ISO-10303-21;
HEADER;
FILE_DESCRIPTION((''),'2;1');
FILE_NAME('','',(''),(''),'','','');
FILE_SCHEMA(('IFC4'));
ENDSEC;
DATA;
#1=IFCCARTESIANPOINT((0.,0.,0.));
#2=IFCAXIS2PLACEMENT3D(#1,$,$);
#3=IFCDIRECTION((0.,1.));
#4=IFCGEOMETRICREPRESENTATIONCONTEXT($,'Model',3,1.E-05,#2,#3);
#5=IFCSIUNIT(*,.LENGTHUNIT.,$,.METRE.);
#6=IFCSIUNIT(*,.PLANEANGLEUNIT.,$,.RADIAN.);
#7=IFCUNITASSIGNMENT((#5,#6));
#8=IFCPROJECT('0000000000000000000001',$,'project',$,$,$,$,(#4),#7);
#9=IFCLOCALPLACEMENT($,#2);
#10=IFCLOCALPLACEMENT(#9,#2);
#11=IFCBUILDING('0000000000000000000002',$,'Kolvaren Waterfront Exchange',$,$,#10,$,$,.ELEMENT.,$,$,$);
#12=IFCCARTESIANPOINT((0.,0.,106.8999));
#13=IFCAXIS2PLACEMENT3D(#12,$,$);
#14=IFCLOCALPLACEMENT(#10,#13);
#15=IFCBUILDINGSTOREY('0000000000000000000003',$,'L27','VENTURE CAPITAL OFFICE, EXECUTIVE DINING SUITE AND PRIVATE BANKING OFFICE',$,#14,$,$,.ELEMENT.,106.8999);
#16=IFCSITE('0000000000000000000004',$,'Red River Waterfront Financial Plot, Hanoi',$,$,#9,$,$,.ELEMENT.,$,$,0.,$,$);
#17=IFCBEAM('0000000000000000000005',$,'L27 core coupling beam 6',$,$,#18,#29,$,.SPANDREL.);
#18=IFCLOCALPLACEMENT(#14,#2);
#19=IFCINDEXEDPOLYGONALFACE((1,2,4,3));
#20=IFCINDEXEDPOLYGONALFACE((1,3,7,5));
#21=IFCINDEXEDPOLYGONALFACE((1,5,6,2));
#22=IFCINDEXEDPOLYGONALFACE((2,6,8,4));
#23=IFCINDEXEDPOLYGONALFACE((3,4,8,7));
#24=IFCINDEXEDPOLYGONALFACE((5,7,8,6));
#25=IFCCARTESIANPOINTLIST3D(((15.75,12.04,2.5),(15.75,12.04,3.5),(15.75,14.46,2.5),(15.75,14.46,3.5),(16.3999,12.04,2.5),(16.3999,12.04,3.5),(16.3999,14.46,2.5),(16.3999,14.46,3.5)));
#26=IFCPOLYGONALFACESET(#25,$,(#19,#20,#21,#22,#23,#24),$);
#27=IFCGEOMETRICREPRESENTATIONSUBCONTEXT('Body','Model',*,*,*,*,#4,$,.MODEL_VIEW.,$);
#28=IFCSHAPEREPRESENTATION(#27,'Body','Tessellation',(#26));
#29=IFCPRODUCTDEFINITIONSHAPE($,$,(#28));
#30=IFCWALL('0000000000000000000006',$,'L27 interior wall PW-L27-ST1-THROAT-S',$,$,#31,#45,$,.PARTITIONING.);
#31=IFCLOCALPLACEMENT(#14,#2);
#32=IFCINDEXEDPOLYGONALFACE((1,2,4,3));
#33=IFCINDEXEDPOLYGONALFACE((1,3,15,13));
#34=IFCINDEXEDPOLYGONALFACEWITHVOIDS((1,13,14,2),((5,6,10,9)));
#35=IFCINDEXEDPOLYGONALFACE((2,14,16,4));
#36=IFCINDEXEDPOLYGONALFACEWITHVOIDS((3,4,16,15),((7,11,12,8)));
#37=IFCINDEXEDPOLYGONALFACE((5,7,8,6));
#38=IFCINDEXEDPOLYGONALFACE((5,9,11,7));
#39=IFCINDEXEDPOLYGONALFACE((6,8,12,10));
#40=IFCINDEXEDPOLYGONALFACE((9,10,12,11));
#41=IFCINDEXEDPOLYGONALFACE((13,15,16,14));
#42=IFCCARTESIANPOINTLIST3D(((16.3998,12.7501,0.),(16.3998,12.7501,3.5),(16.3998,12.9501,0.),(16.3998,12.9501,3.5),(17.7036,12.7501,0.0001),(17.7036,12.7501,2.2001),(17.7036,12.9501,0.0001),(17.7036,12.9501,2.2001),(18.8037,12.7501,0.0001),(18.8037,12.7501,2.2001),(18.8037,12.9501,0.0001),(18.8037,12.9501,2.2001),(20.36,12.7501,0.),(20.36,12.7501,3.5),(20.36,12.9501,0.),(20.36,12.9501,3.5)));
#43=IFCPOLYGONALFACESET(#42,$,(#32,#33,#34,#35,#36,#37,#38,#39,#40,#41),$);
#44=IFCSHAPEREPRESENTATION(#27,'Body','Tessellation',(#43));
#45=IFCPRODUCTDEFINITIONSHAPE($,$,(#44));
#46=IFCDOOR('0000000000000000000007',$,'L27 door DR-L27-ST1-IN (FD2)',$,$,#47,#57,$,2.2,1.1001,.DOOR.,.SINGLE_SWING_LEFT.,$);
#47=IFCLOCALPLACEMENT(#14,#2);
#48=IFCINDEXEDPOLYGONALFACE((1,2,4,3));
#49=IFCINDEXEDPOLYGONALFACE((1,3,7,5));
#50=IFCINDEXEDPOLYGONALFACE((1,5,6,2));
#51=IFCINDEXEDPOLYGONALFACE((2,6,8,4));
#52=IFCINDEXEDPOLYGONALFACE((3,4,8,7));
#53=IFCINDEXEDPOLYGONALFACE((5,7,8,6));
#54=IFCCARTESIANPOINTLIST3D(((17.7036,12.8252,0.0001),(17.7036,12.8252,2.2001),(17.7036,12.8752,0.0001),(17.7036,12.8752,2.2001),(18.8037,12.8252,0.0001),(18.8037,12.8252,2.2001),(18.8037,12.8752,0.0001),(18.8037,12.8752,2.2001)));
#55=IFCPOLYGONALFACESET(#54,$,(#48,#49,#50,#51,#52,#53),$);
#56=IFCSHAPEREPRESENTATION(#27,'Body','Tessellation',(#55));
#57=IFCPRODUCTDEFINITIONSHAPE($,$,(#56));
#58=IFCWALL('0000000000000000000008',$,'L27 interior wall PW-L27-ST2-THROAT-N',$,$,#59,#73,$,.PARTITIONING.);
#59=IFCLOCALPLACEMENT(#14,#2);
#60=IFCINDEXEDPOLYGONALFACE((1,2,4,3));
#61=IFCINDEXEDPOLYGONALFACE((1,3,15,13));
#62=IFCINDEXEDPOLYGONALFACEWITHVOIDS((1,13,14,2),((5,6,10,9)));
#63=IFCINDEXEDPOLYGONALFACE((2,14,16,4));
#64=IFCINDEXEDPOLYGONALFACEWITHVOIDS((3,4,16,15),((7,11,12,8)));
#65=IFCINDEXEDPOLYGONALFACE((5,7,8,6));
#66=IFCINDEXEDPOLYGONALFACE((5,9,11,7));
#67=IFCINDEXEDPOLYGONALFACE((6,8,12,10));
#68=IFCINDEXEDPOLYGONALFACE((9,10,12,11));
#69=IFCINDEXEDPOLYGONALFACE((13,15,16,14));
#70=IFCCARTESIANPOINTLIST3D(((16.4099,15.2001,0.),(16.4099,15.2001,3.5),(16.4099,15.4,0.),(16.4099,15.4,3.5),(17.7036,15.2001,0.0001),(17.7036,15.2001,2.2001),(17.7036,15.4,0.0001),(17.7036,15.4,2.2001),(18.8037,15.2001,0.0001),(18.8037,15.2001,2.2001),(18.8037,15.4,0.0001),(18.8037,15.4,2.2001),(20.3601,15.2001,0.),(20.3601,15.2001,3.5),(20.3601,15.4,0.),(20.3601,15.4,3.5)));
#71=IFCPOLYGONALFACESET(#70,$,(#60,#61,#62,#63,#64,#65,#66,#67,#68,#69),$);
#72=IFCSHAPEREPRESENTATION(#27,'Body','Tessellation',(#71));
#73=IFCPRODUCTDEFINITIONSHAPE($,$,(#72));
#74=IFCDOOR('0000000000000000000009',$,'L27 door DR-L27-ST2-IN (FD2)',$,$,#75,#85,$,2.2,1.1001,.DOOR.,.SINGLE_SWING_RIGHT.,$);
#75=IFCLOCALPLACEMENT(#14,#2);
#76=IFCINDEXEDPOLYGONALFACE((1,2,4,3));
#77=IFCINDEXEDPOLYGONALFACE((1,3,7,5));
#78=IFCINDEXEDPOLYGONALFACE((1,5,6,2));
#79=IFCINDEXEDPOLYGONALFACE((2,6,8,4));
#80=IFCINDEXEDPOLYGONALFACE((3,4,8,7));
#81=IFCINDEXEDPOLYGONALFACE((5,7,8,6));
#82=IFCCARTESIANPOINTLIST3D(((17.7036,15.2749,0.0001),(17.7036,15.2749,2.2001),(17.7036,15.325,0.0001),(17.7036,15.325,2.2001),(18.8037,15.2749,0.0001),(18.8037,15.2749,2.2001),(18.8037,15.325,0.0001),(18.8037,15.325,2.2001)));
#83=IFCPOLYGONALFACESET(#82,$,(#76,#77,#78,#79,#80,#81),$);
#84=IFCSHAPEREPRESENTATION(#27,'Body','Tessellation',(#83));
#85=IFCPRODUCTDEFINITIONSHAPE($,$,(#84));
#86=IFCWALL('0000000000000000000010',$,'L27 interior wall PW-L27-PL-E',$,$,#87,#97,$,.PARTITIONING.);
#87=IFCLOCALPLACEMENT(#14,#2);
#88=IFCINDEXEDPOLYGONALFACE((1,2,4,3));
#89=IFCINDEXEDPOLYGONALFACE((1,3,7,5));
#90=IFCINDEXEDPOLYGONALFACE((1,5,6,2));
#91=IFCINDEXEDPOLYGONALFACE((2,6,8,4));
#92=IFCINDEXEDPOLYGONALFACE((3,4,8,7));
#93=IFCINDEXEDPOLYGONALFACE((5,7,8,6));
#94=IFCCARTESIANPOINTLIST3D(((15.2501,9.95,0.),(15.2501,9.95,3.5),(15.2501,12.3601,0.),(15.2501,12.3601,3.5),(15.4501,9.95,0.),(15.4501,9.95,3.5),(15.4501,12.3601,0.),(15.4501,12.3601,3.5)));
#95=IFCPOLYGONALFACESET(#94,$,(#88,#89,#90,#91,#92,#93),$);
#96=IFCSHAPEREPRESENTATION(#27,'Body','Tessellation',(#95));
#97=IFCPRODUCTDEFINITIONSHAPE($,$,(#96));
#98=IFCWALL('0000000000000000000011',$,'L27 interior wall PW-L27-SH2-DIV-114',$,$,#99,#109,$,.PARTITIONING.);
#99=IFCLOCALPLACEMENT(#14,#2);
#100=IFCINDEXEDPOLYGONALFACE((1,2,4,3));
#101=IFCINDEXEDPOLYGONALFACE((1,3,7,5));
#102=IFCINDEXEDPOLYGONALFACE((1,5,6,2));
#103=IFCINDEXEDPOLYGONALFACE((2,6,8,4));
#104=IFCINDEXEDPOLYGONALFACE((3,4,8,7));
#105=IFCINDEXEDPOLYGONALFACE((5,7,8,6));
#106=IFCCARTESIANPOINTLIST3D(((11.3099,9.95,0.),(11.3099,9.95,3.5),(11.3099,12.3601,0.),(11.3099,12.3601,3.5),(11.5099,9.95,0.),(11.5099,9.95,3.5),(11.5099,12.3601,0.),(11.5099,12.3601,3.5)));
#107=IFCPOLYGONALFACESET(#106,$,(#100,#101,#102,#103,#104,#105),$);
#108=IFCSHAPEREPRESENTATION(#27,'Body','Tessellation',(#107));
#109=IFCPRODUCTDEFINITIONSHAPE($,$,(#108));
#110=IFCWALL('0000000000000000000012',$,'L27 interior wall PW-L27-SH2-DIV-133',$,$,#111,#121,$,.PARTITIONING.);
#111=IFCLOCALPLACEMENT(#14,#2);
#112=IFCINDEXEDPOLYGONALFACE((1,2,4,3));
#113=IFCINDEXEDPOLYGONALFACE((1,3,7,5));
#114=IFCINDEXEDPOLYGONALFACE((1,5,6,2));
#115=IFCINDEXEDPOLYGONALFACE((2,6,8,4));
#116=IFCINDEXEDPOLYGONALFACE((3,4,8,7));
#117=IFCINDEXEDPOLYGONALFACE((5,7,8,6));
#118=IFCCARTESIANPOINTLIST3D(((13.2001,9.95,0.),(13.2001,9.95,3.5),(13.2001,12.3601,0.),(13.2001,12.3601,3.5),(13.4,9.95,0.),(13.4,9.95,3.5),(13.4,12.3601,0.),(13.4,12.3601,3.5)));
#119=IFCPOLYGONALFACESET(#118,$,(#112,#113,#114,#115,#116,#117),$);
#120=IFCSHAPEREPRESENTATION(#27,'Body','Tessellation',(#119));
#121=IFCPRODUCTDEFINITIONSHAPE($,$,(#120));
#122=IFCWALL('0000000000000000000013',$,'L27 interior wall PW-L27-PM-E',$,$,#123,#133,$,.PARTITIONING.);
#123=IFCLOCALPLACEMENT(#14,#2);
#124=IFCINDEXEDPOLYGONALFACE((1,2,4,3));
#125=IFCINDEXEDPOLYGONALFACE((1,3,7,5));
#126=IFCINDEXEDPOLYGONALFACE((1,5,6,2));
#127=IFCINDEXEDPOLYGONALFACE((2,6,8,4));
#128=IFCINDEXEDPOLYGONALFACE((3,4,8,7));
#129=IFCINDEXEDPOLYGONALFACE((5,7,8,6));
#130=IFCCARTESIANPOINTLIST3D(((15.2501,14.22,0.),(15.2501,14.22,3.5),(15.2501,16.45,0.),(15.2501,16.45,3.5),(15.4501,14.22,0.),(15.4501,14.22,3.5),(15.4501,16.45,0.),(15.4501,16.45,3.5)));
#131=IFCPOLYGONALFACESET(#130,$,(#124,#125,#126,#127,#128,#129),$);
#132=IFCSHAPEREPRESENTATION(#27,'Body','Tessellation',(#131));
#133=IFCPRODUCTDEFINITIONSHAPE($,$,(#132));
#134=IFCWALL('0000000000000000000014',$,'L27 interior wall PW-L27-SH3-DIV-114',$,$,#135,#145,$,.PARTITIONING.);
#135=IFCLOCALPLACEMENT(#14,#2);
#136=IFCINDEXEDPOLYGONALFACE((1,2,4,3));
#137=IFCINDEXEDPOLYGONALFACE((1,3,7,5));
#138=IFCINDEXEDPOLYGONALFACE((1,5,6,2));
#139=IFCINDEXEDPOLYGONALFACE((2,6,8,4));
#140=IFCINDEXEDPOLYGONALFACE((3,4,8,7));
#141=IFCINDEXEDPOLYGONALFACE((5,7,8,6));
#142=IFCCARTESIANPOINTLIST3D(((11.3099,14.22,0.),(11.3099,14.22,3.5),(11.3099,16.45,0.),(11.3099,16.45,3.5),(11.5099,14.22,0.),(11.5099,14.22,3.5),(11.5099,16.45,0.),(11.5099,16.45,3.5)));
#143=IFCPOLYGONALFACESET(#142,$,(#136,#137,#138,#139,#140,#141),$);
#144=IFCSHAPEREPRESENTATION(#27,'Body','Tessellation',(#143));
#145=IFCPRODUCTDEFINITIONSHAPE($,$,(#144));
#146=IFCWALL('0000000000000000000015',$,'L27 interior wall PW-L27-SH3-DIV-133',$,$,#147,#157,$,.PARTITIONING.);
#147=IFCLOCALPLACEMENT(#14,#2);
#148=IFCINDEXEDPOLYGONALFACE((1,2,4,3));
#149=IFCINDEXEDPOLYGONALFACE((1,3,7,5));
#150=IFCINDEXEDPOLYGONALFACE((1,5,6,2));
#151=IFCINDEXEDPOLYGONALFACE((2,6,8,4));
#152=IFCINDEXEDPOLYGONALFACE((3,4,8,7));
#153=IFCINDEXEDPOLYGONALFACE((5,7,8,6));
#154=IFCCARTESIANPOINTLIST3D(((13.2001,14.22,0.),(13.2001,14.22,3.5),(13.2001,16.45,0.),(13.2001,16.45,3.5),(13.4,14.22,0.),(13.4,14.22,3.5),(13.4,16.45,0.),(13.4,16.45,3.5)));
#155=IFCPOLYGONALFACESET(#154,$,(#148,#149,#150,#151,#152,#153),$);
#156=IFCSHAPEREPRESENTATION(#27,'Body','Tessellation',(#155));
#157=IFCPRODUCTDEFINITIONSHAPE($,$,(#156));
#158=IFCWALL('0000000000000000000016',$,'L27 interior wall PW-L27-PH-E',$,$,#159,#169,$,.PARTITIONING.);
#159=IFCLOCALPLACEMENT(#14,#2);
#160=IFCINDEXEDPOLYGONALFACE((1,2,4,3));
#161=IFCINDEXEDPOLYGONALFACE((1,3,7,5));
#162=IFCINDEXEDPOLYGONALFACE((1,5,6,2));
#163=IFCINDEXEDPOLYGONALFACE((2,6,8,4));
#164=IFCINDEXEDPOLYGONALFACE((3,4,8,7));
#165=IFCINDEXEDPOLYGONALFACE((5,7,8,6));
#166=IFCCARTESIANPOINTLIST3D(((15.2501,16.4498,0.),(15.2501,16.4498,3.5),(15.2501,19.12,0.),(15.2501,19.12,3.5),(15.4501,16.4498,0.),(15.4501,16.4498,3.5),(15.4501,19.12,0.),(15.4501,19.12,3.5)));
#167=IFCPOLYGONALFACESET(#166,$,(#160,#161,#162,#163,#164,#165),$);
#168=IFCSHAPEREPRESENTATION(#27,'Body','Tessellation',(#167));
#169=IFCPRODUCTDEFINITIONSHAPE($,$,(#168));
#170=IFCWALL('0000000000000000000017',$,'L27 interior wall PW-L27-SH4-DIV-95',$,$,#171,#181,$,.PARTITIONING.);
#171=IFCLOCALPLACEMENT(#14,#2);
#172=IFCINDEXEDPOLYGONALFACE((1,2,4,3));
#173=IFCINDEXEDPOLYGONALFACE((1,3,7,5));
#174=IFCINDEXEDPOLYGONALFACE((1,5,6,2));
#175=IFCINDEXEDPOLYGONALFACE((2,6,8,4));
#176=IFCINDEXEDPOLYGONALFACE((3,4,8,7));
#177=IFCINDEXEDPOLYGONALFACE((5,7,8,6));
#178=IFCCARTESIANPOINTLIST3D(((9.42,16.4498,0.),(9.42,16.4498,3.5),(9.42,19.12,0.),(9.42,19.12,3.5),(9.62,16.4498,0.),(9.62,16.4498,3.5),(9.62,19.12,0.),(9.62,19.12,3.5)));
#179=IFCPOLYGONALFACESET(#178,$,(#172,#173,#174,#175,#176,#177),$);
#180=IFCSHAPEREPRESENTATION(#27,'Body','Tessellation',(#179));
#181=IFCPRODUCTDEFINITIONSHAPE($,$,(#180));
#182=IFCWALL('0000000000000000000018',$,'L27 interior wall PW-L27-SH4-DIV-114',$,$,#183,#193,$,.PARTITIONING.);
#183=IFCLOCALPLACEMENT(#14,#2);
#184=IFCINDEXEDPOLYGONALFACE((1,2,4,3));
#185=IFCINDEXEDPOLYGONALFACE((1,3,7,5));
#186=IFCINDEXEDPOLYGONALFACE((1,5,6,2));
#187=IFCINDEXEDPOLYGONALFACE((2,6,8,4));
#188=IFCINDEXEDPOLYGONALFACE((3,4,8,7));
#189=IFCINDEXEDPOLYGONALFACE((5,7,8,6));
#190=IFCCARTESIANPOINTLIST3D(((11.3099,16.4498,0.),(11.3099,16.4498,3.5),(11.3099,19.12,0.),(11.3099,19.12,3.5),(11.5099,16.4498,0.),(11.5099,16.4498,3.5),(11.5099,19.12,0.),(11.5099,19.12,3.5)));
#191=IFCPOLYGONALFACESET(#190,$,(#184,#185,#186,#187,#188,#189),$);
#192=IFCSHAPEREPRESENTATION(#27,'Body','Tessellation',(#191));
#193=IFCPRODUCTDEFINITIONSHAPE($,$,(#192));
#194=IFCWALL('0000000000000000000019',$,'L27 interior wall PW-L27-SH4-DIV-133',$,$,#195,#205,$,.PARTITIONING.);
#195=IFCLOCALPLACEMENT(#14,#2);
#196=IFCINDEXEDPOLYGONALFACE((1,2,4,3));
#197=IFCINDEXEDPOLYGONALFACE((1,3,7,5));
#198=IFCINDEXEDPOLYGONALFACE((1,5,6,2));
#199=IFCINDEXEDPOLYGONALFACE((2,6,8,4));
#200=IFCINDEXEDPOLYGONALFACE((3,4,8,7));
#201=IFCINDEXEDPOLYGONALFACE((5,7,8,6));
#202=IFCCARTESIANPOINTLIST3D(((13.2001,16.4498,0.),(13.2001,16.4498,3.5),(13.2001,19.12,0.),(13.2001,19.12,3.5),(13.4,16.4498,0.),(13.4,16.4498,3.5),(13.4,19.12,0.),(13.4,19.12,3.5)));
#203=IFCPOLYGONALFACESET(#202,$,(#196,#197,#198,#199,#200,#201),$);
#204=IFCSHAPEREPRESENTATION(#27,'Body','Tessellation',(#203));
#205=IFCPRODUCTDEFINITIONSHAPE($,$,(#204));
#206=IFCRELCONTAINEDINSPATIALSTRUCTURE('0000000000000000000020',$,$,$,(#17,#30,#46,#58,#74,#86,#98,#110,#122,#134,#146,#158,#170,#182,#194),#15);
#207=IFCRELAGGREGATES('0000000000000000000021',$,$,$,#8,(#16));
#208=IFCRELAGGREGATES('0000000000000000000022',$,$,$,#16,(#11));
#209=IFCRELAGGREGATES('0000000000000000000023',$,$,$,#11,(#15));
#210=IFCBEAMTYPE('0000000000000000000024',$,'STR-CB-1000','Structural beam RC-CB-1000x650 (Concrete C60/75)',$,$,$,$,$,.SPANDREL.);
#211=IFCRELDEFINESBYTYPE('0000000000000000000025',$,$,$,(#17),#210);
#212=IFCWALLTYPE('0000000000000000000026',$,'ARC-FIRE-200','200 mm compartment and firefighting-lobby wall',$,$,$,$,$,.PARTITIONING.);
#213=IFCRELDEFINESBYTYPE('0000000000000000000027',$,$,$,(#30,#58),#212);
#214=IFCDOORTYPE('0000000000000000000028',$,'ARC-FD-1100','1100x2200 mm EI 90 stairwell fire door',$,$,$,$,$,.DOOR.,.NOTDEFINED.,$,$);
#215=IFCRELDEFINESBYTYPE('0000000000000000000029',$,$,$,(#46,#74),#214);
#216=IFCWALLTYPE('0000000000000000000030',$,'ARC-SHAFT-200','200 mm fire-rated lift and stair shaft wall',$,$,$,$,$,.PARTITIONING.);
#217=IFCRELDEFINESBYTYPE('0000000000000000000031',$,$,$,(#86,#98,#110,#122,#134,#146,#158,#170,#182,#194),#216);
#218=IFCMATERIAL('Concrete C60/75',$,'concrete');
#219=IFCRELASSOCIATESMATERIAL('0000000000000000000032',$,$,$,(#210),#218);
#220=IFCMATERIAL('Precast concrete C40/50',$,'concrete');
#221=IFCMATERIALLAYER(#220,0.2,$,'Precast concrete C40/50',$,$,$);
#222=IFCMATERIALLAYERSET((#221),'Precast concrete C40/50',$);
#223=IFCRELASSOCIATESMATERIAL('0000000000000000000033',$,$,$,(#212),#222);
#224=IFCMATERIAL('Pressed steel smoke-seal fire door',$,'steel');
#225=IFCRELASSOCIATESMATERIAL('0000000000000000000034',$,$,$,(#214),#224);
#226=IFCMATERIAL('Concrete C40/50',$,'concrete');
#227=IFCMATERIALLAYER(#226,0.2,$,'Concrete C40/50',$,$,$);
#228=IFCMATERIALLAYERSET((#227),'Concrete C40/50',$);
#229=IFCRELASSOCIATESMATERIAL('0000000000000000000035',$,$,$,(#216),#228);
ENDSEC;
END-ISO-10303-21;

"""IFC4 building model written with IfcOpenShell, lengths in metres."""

from ifc_helpers import new_model, si_unit, direction, frame, frame_2d, origin, origin_2d, place, context, subcontext, project, spatial, rectangle, extrude, material, layer, layer_set, material_profile, profile_set, type_object, element, fill, save


model = new_model("IFC4")

# Units and contexts
model_context = context("Model", 3, precision=1e-05, world=origin(), true_north=direction((0.0, 1.0)))
body_context = subcontext(model_context, "Body", "Model", "MODEL_VIEW")
ifc_project = project(units=[si_unit("LENGTHUNIT", "METRE"), si_unit("PLANEANGLEUNIT", "RADIAN")], contexts=[model_context])

# Site, building, storey
site_placement = place(None, origin())
site = spatial("IfcSite", under=ifc_project, at=site_placement, Name="Red River Waterfront Financial Plot, Hanoi", CompositionType="ELEMENT", RefElevation=0.0)
building_placement = place(site_placement, origin())
building = spatial("IfcBuilding", under=site, at=building_placement, Name="Kolvaren Waterfront Exchange", CompositionType="ELEMENT")
storey_placement = place(building_placement, frame((0.0, 0.0, 106.8999)))
storey = spatial("IfcBuildingStorey", under=building, at=storey_placement, Name="L27", Description="VENTURE CAPITAL OFFICE, EXECUTIVE DINING SUITE AND PRIVATE BANKING OFFICE", CompositionType="ELEMENT", Elevation=106.8999)

# Beam
ifc_material_1 = material(Name="Concrete C60/75", Category="concrete")
ifc_material_profile = material_profile(ifc_material_1, rectangle(XDim=0.6499, YDim=1.0, at=origin_2d()), Name="RC-CB-1000x650")
ifc_profile_set = profile_set([ifc_material_profile], Name="Concrete C60/75")
beam_type = type_object("IfcBeamType", Name="STR-CB-1000", Description="Structural beam RC-CB-1000x650 (Concrete C60/75)", PredefinedType="SPANDREL", material=ifc_profile_set)
beam_placement = place(storey_placement, frame((16.075, 12.04, 3.0), z_axis=(0.0, 1.0, 0.0), x_axis=(-1.0, 0.0, 0.0)))
element("IfcBeam", 1, at=beam_placement, inside=storey, type_object=beam_type, Name="L27 core coupling beam 6", PredefinedType="SPANDREL", context=body_context, shape_type="SweptSolid", body=[
    extrude(rectangle(XDim=0.6499, YDim=1.0, at=origin_2d()), origin(), (0.0, 0.0, 1.0), 2.4199),
])

# Walls, openings, doors
ifc_material_2 = material(Name="Precast concrete C40/50", Category="concrete")
ifc_layer_1 = layer(ifc_material_2, 0.2, Name="Precast concrete C40/50")
ifc_layer_set_1 = layer_set([ifc_layer_1], Name="Precast concrete C40/50")
wall_type_1 = type_object("IfcWallType", Name="ARC-FIRE-200", Description="200 mm compartment and firefighting-lobby wall", PredefinedType="PARTITIONING", material=ifc_layer_set_1)
wall_1_placement = place(storey_placement, frame((16.3999, 12.8501, 0.0), z_axis=(0.0, 0.0, 1.0), x_axis=(1.0, 0.0, 0.0)))
wall_1 = element("IfcWall", 2, at=wall_1_placement, inside=storey, type_object=wall_type_1, Name="L27 interior wall PW-L27-ST1-THROAT-S", PredefinedType="PARTITIONING", context=body_context, shape_type="SweptSolid", body=[
    extrude(rectangle(XDim=3.9602, YDim=0.2, at=frame_2d((1.98, 0.0))), origin(), (0.0, 0.0, 1.0), 3.5),
])
opening_1_placement = place(wall_1_placement, frame((1.3037, 0.0, 0.0)))
opening_1 = element("IfcOpeningElement", 3, at=opening_1_placement, cuts=wall_1, PredefinedType="OPENING", context=body_context, shape_type="SweptSolid", body=[
    extrude(rectangle(XDim=1.1001, YDim=2.2, at=frame_2d((0.55, 1.1001))), frame((0.0, 0.1099, 0.0), z_axis=(0.0, -1.0, 0.0), x_axis=(1.0, 0.0, 0.0)), (0.0, 0.0, 1.0), 0.22),
])
ifc_material_3 = material(Name="Pressed steel smoke-seal fire door", Category="steel")
door_type = type_object("IfcDoorType", Name="ARC-FD-1100", Description="1100x2200 mm EI 90 stairwell fire door", OperationType="NOTDEFINED", PredefinedType="DOOR", material=ifc_material_3)
door_1_placement = place(opening_1_placement, frame((1.1001, 0.0, 0.0), z_axis=(0.0, 0.0, 1.0), x_axis=(-1.0, 0.0, 0.0)))
door_1 = element("IfcDoor", 4, at=door_1_placement, inside=storey, type_object=door_type, Name="L27 door DR-L27-ST1-IN (FD2)", OperationType="SINGLE_SWING_LEFT", OverallHeight=2.2, OverallWidth=1.1001, PredefinedType="DOOR", context=body_context, shape_type="SweptSolid", body=[
    extrude(rectangle(XDim=1.1001, YDim=2.2, at=frame_2d((0.55, 1.1001))), frame((0.0, 0.0249, 0.0), z_axis=(0.0, -1.0, 0.0), x_axis=(1.0, 0.0, 0.0)), (0.0, 0.0, 1.0), 0.05),
])
fill(opening_1, door_1)
wall_2_placement = place(storey_placement, frame((16.4099, 15.3, 0.0), z_axis=(0.0, 0.0, 1.0), x_axis=(1.0, 0.0, 0.0)))
wall_2 = element("IfcWall", 5, at=wall_2_placement, inside=storey, type_object=wall_type_1, Name="L27 interior wall PW-L27-ST2-THROAT-N", PredefinedType="PARTITIONING", context=body_context, shape_type="SweptSolid", body=[
    extrude(rectangle(XDim=3.9502, YDim=0.2, at=frame_2d((1.9751, 0.0))), origin(), (0.0, 0.0, 1.0), 3.5),
])
opening_2_placement = place(wall_2_placement, frame((1.2937, 0.0, 0.0)))
opening_2 = element("IfcOpeningElement", 6, at=opening_2_placement, cuts=wall_2, PredefinedType="OPENING", context=body_context, shape_type="SweptSolid", body=[
    extrude(rectangle(XDim=1.1001, YDim=2.2, at=frame_2d((0.55, 1.1001))), frame((0.0, 0.1099, 0.0), z_axis=(0.0, -1.0, 0.0), x_axis=(1.0, 0.0, 0.0)), (0.0, 0.0, 1.0), 0.22),
])
door_2_placement = place(opening_2_placement, origin())
door_2 = element("IfcDoor", 7, at=door_2_placement, inside=storey, type_object=door_type, Name="L27 door DR-L27-ST2-IN (FD2)", OperationType="SINGLE_SWING_RIGHT", OverallHeight=2.2, OverallWidth=1.1001, PredefinedType="DOOR", context=body_context, shape_type="SweptSolid", body=[
    extrude(rectangle(XDim=1.1001, YDim=2.2, at=frame_2d((0.55, 1.1001))), frame((0.0, 0.0249, 0.0), z_axis=(0.0, -1.0, 0.0), x_axis=(1.0, 0.0, 0.0)), (0.0, 0.0, 1.0), 0.05),
])
fill(opening_2, door_2)

# Walls
ifc_material_4 = material(Name="Concrete C40/50", Category="concrete")
ifc_layer_2 = layer(ifc_material_4, 0.2, Name="Concrete C40/50")
ifc_layer_set_2 = layer_set([ifc_layer_2], Name="Concrete C40/50")
wall_type_2 = type_object("IfcWallType", Name="ARC-SHAFT-200", Description="200 mm fire-rated lift and stair shaft wall", PredefinedType="PARTITIONING", material=ifc_layer_set_2)
for number, where, z_axis, x_axis, name in (
    (8, (15.3501, 9.95, 0.0), (0.0, 0.0, 1.0), (0.0, 1.0, 0.0), "L27 interior wall PW-L27-PL-E"),
    (9, (11.4099, 9.95, 0.0), (0.0, 0.0, 1.0), (0.0, 1.0, 0.0), "L27 interior wall PW-L27-SH2-DIV-114"),
    (10, (13.3, 9.95, 0.0), (0.0, 0.0, 1.0), (0.0, 1.0, 0.0), "L27 interior wall PW-L27-SH2-DIV-133"),
):
    element("IfcWall", number, at=place(storey_placement, frame(where, z_axis=z_axis, x_axis=x_axis)), inside=storey, type_object=wall_type_2, Name=name, PredefinedType="PARTITIONING", context=body_context, shape_type="SweptSolid", body=[
        extrude(rectangle(XDim=2.4102, YDim=0.2, at=frame_2d((1.2051, 0.0))), origin(), (0.0, 0.0, 1.0), 3.5),
    ])
for number, where, z_axis, x_axis, name in (
    (11, (15.3501, 14.22, 0.0), (0.0, 0.0, 1.0), (0.0, 1.0, 0.0), "L27 interior wall PW-L27-PM-E"),
    (12, (11.4099, 14.22, 0.0), (0.0, 0.0, 1.0), (0.0, 1.0, 0.0), "L27 interior wall PW-L27-SH3-DIV-114"),
    (13, (13.3, 14.22, 0.0), (0.0, 0.0, 1.0), (0.0, 1.0, 0.0), "L27 interior wall PW-L27-SH3-DIV-133"),
):
    element("IfcWall", number, at=place(storey_placement, frame(where, z_axis=z_axis, x_axis=x_axis)), inside=storey, type_object=wall_type_2, Name=name, PredefinedType="PARTITIONING", context=body_context, shape_type="SweptSolid", body=[
        extrude(rectangle(XDim=2.23, YDim=0.2, at=frame_2d((1.115, 0.0))), origin(), (0.0, 0.0, 1.0), 3.5),
    ])
for number, where, z_axis, x_axis, name in (
    (14, (15.3501, 16.45, 0.0), (0.0, 0.0, 1.0), (0.0, 1.0, 0.0), "L27 interior wall PW-L27-PH-E"),
    (15, (9.52, 16.45, 0.0), (0.0, 0.0, 1.0), (0.0, 1.0, 0.0), "L27 interior wall PW-L27-SH4-DIV-95"),
    (16, (11.4099, 16.45, 0.0), (0.0, 0.0, 1.0), (0.0, 1.0, 0.0), "L27 interior wall PW-L27-SH4-DIV-114"),
    (17, (13.3, 16.45, 0.0), (0.0, 0.0, 1.0), (0.0, 1.0, 0.0), "L27 interior wall PW-L27-SH4-DIV-133"),
):
    element("IfcWall", number, at=place(storey_placement, frame(where, z_axis=z_axis, x_axis=x_axis)), inside=storey, type_object=wall_type_2, Name=name, PredefinedType="PARTITIONING", context=body_context, shape_type="SweptSolid", body=[
        extrude(rectangle(XDim=2.6702, YDim=0.2, at=frame_2d((1.335, 0.0))), origin(), (0.0, 0.0, 1.0), 3.5),
    ])

save(model, "model.ifc")
